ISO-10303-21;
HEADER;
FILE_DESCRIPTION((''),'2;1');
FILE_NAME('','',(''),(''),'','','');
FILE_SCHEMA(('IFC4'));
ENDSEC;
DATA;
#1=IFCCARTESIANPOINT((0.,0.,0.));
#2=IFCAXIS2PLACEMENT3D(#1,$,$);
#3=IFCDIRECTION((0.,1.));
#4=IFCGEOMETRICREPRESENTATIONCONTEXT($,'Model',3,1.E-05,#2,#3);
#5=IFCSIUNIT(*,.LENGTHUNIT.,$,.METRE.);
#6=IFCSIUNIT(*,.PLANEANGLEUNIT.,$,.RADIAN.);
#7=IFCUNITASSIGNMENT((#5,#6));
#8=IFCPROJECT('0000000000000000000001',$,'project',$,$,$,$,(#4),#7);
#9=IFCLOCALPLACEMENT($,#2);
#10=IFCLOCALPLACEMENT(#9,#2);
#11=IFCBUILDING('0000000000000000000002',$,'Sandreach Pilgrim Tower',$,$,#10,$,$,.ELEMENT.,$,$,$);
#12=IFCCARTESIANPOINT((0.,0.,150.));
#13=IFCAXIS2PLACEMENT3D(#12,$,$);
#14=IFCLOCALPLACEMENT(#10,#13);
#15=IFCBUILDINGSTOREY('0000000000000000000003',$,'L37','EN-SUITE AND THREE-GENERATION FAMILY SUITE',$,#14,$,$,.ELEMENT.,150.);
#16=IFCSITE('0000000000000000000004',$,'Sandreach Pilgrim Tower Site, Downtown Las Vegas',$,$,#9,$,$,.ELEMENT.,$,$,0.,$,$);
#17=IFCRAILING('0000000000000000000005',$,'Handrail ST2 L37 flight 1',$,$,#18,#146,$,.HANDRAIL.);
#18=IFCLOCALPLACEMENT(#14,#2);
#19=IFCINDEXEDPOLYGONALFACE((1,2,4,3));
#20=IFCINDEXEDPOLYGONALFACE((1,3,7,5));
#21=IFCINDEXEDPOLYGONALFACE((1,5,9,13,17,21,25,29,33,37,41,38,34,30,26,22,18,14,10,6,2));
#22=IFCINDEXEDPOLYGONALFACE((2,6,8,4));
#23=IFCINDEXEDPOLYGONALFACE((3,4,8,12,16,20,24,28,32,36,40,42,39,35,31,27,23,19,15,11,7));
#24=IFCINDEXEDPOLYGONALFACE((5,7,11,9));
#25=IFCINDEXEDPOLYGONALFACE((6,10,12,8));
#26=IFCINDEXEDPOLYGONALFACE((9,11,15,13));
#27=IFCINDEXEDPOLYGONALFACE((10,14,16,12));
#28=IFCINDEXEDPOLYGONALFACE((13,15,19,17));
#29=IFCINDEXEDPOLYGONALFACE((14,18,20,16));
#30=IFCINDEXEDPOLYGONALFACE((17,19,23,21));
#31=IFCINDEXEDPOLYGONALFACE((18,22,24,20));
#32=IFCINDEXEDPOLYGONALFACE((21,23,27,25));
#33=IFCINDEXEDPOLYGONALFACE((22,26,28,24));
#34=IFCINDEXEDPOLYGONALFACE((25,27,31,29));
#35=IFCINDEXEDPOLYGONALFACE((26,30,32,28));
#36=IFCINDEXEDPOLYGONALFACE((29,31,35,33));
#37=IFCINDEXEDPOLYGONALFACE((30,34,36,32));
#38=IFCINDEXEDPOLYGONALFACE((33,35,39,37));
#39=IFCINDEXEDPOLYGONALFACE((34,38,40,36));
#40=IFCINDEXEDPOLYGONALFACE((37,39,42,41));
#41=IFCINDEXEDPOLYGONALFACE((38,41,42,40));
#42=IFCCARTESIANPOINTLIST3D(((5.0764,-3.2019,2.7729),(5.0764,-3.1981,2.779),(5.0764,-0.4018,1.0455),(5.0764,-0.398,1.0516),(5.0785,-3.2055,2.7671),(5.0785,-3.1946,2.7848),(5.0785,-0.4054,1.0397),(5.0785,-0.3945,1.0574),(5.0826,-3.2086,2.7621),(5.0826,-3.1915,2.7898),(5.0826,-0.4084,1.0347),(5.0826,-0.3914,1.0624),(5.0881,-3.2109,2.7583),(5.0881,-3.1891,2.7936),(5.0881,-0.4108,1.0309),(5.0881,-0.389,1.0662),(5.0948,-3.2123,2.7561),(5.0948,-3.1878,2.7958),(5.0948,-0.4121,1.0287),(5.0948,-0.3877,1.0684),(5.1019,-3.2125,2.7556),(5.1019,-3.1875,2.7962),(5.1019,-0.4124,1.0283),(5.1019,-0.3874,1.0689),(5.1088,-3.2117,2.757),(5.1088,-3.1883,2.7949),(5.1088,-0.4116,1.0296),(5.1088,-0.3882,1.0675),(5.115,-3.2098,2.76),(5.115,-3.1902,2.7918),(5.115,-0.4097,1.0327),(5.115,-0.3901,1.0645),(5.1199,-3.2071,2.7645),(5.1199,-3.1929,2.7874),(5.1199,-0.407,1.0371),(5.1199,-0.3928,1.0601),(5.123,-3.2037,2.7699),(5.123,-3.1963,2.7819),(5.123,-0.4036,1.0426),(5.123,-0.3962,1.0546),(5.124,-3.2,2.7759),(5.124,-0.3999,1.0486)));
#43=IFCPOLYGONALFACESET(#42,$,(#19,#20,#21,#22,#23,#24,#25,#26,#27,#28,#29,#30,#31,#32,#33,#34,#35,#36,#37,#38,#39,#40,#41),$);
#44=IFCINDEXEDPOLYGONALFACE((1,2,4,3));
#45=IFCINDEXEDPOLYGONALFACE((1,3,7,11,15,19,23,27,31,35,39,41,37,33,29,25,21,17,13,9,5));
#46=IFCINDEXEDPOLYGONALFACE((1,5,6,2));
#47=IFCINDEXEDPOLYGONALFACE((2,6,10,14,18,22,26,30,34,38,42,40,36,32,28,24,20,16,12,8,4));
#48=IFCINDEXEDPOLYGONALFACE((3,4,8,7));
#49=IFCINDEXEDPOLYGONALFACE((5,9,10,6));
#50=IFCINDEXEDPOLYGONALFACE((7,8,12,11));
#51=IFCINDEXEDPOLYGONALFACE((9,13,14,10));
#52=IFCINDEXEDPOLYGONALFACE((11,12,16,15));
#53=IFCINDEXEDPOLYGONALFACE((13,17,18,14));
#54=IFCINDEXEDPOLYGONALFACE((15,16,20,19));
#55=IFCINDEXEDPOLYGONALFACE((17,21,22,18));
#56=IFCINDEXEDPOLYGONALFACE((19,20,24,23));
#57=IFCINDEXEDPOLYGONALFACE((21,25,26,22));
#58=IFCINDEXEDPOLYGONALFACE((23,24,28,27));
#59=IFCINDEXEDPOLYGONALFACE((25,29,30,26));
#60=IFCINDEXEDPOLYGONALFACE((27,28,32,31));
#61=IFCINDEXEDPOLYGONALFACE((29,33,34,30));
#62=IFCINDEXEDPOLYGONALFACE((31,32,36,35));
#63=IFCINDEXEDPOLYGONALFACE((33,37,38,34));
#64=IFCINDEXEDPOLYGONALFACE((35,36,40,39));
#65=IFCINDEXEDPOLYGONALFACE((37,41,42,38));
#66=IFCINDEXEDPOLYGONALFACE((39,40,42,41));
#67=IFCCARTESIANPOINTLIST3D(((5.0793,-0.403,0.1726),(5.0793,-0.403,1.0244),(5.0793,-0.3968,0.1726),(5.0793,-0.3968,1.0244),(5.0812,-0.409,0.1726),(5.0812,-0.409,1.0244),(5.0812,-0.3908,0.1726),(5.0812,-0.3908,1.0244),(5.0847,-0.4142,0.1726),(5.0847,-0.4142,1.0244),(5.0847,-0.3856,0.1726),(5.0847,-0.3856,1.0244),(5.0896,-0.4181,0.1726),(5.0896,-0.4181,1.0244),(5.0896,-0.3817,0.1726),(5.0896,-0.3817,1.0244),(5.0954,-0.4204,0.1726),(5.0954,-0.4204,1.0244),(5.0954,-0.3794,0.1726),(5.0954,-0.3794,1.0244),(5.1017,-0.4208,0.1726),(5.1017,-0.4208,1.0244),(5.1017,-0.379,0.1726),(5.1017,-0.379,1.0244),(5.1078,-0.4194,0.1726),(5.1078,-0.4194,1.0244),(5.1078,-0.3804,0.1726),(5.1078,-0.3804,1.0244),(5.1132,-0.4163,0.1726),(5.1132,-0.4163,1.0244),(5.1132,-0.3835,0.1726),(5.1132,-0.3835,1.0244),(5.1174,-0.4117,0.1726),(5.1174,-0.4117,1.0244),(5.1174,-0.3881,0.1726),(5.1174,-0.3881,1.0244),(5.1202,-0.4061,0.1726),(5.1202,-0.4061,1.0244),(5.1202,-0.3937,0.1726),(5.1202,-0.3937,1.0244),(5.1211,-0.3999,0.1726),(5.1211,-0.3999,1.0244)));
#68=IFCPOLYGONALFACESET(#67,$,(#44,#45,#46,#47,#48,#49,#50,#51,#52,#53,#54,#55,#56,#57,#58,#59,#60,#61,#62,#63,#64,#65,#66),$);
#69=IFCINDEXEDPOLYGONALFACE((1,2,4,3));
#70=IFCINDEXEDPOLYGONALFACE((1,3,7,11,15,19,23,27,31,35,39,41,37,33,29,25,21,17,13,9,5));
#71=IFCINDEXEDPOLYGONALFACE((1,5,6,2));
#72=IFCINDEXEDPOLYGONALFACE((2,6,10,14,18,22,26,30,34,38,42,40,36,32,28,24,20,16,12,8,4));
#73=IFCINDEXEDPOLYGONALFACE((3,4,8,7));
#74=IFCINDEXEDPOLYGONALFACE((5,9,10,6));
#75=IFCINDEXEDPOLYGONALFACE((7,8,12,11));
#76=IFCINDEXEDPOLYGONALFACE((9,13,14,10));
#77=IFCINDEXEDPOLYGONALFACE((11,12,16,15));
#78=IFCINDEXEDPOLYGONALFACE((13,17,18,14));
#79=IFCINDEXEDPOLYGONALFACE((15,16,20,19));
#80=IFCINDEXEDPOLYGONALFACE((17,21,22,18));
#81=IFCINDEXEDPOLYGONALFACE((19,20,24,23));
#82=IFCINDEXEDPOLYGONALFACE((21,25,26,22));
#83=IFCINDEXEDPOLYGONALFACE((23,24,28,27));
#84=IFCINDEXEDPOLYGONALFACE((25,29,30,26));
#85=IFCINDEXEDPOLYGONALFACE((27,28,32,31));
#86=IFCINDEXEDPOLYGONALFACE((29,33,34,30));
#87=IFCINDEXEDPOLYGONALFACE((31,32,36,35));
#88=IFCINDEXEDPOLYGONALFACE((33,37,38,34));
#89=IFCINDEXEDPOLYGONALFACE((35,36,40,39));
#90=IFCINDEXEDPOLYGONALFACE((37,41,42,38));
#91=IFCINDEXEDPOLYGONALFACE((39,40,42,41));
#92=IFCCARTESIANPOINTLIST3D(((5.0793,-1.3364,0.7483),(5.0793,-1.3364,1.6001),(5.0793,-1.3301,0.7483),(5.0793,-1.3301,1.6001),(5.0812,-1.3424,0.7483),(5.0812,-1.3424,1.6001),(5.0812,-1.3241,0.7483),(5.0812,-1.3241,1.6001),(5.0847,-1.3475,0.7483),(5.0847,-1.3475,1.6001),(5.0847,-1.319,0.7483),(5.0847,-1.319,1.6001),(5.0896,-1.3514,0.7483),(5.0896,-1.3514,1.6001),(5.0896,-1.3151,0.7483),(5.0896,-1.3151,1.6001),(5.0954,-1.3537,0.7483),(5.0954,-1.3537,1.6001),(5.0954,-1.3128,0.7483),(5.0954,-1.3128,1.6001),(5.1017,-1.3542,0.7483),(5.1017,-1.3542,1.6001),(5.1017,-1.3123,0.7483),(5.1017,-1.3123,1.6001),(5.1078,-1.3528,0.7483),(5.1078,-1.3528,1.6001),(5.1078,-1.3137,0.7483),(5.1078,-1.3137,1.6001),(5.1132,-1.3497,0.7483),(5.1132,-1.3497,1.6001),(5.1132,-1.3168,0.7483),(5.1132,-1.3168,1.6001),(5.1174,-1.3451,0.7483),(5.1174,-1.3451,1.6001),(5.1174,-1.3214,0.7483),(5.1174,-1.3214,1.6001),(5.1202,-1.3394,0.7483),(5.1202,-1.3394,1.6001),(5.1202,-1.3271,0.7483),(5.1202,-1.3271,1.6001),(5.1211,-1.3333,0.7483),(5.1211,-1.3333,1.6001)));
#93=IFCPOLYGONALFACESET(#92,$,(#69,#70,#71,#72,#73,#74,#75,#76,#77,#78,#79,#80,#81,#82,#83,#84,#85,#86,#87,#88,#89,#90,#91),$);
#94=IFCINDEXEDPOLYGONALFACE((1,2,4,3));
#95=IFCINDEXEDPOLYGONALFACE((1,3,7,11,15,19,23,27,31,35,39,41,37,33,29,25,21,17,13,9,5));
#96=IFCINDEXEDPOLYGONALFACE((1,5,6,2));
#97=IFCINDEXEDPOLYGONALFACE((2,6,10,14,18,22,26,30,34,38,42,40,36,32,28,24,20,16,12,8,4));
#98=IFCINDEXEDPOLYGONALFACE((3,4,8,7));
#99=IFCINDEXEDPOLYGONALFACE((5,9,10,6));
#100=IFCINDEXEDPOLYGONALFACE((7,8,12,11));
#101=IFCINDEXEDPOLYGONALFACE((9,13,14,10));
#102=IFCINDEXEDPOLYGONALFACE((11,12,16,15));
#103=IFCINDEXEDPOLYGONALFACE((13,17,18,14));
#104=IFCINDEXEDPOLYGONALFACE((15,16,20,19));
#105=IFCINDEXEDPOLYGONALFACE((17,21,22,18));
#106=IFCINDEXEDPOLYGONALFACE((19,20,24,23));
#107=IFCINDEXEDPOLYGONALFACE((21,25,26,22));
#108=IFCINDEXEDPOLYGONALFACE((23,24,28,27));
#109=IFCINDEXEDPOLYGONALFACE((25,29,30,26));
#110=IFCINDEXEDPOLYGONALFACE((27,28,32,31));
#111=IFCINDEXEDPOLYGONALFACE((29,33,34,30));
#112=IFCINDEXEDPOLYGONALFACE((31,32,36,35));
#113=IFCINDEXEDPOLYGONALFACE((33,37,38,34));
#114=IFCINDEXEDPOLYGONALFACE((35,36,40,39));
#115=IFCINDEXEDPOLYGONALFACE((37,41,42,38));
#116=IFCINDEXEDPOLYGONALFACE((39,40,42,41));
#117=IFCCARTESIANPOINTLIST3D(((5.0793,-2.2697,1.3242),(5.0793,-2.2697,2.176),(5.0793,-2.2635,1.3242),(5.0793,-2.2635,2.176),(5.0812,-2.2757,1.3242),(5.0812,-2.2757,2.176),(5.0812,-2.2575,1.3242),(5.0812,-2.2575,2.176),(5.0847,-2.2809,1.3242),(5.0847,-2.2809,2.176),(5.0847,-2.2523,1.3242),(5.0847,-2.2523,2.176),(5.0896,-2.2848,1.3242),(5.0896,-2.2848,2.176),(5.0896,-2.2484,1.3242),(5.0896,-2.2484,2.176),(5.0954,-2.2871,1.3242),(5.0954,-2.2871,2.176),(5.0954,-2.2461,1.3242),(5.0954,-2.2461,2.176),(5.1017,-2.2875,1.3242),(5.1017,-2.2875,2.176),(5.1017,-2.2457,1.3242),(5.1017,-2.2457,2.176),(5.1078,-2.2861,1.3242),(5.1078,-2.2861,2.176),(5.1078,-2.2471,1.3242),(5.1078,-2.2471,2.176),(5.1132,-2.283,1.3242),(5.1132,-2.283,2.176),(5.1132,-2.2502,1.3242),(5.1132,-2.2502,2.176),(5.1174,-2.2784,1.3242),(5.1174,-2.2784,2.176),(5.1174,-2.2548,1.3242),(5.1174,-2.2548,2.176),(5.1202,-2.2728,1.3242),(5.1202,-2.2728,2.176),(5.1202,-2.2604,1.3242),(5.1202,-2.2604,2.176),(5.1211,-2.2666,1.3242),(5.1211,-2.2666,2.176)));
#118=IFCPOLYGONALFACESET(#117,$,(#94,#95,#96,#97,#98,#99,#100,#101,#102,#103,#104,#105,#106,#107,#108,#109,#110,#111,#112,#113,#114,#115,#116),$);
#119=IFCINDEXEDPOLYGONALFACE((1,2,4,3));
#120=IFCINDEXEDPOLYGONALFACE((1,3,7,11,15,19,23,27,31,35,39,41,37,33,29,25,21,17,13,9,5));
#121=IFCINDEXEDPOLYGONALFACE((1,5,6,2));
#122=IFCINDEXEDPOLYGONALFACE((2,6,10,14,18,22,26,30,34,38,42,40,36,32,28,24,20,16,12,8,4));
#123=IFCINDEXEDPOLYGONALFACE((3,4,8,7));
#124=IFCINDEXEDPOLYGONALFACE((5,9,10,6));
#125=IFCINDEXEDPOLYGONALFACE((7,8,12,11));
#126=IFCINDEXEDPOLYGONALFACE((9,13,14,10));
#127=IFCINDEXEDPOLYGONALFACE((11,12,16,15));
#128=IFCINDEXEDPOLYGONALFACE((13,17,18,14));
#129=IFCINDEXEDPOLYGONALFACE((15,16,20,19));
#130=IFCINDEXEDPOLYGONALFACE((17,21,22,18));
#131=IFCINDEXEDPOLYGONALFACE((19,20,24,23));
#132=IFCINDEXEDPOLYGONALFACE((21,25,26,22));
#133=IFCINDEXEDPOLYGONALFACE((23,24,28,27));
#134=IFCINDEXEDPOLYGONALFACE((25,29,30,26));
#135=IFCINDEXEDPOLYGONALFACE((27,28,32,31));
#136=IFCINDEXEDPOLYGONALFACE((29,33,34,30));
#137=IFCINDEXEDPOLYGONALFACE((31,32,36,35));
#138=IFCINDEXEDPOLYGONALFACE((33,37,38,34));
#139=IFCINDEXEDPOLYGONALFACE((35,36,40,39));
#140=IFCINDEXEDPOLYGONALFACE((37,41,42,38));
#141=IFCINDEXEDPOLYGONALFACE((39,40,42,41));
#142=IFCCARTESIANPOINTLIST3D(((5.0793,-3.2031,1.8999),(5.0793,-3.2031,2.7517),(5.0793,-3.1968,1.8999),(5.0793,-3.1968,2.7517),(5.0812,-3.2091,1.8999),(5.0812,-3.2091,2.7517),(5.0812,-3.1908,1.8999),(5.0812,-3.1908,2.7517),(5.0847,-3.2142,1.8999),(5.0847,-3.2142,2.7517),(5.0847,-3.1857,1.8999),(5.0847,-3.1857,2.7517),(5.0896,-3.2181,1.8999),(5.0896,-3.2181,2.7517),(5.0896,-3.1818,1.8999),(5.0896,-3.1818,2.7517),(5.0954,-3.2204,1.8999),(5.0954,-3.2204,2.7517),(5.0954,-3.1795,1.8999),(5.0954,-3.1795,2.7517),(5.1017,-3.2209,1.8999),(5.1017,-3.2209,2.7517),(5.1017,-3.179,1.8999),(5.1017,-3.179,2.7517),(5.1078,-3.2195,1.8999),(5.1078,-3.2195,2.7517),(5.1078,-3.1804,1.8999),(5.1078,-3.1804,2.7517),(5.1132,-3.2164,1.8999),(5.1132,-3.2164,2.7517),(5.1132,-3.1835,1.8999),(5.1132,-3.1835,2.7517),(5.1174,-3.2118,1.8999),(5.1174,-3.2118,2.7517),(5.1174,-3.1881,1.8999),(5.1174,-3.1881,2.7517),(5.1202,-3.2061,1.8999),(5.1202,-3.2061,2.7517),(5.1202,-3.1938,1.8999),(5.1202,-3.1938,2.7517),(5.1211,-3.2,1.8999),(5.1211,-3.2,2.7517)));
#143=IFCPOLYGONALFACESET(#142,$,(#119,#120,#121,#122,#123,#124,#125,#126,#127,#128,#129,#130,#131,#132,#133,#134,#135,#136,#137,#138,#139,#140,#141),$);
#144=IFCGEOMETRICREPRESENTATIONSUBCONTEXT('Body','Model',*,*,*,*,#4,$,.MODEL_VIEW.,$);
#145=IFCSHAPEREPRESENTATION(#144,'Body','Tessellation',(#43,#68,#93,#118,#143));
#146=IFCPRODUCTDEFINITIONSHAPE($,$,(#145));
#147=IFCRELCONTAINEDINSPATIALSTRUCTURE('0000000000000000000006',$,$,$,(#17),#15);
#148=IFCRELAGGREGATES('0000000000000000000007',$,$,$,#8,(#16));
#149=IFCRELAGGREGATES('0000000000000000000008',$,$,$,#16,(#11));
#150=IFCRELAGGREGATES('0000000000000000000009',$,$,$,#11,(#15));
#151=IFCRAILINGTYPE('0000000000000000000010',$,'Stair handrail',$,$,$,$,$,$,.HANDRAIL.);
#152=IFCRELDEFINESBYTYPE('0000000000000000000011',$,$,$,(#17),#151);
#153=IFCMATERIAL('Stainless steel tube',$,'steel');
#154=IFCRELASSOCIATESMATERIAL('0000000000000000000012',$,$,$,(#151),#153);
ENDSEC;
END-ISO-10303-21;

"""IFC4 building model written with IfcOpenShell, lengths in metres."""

from ifc_helpers import new_model, si_unit, direction, frame, origin, origin_2d, place, context, subcontext, project, spatial, circle, extrude, material, type_object, element, save


model = new_model("IFC4")

# Units and contexts
model_context = context("Model", 3, precision=1e-05, world=origin(), true_north=direction((0.0, 1.0)))
body_context = subcontext(model_context, "Body", "Model", "MODEL_VIEW")
ifc_project = project(units=[si_unit("LENGTHUNIT", "METRE"), si_unit("PLANEANGLEUNIT", "RADIAN")], contexts=[model_context])

# Site, building, storey
site_placement = place(None, origin())
site = spatial("IfcSite", under=ifc_project, at=site_placement, Name="Sandreach Pilgrim Tower Site, Downtown Las Vegas", CompositionType="ELEMENT", RefElevation=0.0)
building_placement = place(site_placement, origin())
building = spatial("IfcBuilding", under=site, at=building_placement, Name="Sandreach Pilgrim Tower", CompositionType="ELEMENT")
storey_placement = place(building_placement, frame((0.0, 0.0, 150.0)))
storey = spatial("IfcBuildingStorey", under=building, at=storey_placement, Name="L37", Description="EN-SUITE AND THREE-GENERATION FAMILY SUITE", CompositionType="ELEMENT", Elevation=150.0)

# Railing
ifc_material_1 = material(Name="Stainless steel tube", Category="steel")
railing_type = type_object("IfcRailingType", Name="Stair handrail", PredefinedType="HANDRAIL", material=ifc_material_1)
railing_placement = place(storey_placement, frame((5.1001, -0.3999, 0.1726)))
element("IfcRailing", 1, at=railing_placement, inside=storey, type_object=railing_type, Name="Handrail ST2 L37 flight 1", PredefinedType="HANDRAIL", context=body_context, shape_type="SweptSolid", body=[
    extrude(circle(Radius=0.0239, at=origin_2d()), frame((0.0, 0.0, 0.876), z_axis=(0.0, -0.85109, 0.52502), x_axis=(1.0, 0.0, 0.0)), (0.0, 0.0, 1.0), 3.29),
    extrude(circle(Radius=0.021, at=origin_2d()), origin(), (0.0, 0.0, 1.0), 0.8518),
    extrude(circle(Radius=0.021, at=origin_2d()), frame((0.0, -0.9333, 0.5757)), (0.0, 0.0, 1.0), 0.8518),
    extrude(circle(Radius=0.021, at=origin_2d()), frame((0.0, -1.8667, 1.1516)), (0.0, 0.0, 1.0), 0.8518),
    extrude(circle(Radius=0.021, at=origin_2d()), frame((0.0, -2.8, 1.7273)), (0.0, 0.0, 1.0), 0.8518),
])

save(model, "model.ifc")
